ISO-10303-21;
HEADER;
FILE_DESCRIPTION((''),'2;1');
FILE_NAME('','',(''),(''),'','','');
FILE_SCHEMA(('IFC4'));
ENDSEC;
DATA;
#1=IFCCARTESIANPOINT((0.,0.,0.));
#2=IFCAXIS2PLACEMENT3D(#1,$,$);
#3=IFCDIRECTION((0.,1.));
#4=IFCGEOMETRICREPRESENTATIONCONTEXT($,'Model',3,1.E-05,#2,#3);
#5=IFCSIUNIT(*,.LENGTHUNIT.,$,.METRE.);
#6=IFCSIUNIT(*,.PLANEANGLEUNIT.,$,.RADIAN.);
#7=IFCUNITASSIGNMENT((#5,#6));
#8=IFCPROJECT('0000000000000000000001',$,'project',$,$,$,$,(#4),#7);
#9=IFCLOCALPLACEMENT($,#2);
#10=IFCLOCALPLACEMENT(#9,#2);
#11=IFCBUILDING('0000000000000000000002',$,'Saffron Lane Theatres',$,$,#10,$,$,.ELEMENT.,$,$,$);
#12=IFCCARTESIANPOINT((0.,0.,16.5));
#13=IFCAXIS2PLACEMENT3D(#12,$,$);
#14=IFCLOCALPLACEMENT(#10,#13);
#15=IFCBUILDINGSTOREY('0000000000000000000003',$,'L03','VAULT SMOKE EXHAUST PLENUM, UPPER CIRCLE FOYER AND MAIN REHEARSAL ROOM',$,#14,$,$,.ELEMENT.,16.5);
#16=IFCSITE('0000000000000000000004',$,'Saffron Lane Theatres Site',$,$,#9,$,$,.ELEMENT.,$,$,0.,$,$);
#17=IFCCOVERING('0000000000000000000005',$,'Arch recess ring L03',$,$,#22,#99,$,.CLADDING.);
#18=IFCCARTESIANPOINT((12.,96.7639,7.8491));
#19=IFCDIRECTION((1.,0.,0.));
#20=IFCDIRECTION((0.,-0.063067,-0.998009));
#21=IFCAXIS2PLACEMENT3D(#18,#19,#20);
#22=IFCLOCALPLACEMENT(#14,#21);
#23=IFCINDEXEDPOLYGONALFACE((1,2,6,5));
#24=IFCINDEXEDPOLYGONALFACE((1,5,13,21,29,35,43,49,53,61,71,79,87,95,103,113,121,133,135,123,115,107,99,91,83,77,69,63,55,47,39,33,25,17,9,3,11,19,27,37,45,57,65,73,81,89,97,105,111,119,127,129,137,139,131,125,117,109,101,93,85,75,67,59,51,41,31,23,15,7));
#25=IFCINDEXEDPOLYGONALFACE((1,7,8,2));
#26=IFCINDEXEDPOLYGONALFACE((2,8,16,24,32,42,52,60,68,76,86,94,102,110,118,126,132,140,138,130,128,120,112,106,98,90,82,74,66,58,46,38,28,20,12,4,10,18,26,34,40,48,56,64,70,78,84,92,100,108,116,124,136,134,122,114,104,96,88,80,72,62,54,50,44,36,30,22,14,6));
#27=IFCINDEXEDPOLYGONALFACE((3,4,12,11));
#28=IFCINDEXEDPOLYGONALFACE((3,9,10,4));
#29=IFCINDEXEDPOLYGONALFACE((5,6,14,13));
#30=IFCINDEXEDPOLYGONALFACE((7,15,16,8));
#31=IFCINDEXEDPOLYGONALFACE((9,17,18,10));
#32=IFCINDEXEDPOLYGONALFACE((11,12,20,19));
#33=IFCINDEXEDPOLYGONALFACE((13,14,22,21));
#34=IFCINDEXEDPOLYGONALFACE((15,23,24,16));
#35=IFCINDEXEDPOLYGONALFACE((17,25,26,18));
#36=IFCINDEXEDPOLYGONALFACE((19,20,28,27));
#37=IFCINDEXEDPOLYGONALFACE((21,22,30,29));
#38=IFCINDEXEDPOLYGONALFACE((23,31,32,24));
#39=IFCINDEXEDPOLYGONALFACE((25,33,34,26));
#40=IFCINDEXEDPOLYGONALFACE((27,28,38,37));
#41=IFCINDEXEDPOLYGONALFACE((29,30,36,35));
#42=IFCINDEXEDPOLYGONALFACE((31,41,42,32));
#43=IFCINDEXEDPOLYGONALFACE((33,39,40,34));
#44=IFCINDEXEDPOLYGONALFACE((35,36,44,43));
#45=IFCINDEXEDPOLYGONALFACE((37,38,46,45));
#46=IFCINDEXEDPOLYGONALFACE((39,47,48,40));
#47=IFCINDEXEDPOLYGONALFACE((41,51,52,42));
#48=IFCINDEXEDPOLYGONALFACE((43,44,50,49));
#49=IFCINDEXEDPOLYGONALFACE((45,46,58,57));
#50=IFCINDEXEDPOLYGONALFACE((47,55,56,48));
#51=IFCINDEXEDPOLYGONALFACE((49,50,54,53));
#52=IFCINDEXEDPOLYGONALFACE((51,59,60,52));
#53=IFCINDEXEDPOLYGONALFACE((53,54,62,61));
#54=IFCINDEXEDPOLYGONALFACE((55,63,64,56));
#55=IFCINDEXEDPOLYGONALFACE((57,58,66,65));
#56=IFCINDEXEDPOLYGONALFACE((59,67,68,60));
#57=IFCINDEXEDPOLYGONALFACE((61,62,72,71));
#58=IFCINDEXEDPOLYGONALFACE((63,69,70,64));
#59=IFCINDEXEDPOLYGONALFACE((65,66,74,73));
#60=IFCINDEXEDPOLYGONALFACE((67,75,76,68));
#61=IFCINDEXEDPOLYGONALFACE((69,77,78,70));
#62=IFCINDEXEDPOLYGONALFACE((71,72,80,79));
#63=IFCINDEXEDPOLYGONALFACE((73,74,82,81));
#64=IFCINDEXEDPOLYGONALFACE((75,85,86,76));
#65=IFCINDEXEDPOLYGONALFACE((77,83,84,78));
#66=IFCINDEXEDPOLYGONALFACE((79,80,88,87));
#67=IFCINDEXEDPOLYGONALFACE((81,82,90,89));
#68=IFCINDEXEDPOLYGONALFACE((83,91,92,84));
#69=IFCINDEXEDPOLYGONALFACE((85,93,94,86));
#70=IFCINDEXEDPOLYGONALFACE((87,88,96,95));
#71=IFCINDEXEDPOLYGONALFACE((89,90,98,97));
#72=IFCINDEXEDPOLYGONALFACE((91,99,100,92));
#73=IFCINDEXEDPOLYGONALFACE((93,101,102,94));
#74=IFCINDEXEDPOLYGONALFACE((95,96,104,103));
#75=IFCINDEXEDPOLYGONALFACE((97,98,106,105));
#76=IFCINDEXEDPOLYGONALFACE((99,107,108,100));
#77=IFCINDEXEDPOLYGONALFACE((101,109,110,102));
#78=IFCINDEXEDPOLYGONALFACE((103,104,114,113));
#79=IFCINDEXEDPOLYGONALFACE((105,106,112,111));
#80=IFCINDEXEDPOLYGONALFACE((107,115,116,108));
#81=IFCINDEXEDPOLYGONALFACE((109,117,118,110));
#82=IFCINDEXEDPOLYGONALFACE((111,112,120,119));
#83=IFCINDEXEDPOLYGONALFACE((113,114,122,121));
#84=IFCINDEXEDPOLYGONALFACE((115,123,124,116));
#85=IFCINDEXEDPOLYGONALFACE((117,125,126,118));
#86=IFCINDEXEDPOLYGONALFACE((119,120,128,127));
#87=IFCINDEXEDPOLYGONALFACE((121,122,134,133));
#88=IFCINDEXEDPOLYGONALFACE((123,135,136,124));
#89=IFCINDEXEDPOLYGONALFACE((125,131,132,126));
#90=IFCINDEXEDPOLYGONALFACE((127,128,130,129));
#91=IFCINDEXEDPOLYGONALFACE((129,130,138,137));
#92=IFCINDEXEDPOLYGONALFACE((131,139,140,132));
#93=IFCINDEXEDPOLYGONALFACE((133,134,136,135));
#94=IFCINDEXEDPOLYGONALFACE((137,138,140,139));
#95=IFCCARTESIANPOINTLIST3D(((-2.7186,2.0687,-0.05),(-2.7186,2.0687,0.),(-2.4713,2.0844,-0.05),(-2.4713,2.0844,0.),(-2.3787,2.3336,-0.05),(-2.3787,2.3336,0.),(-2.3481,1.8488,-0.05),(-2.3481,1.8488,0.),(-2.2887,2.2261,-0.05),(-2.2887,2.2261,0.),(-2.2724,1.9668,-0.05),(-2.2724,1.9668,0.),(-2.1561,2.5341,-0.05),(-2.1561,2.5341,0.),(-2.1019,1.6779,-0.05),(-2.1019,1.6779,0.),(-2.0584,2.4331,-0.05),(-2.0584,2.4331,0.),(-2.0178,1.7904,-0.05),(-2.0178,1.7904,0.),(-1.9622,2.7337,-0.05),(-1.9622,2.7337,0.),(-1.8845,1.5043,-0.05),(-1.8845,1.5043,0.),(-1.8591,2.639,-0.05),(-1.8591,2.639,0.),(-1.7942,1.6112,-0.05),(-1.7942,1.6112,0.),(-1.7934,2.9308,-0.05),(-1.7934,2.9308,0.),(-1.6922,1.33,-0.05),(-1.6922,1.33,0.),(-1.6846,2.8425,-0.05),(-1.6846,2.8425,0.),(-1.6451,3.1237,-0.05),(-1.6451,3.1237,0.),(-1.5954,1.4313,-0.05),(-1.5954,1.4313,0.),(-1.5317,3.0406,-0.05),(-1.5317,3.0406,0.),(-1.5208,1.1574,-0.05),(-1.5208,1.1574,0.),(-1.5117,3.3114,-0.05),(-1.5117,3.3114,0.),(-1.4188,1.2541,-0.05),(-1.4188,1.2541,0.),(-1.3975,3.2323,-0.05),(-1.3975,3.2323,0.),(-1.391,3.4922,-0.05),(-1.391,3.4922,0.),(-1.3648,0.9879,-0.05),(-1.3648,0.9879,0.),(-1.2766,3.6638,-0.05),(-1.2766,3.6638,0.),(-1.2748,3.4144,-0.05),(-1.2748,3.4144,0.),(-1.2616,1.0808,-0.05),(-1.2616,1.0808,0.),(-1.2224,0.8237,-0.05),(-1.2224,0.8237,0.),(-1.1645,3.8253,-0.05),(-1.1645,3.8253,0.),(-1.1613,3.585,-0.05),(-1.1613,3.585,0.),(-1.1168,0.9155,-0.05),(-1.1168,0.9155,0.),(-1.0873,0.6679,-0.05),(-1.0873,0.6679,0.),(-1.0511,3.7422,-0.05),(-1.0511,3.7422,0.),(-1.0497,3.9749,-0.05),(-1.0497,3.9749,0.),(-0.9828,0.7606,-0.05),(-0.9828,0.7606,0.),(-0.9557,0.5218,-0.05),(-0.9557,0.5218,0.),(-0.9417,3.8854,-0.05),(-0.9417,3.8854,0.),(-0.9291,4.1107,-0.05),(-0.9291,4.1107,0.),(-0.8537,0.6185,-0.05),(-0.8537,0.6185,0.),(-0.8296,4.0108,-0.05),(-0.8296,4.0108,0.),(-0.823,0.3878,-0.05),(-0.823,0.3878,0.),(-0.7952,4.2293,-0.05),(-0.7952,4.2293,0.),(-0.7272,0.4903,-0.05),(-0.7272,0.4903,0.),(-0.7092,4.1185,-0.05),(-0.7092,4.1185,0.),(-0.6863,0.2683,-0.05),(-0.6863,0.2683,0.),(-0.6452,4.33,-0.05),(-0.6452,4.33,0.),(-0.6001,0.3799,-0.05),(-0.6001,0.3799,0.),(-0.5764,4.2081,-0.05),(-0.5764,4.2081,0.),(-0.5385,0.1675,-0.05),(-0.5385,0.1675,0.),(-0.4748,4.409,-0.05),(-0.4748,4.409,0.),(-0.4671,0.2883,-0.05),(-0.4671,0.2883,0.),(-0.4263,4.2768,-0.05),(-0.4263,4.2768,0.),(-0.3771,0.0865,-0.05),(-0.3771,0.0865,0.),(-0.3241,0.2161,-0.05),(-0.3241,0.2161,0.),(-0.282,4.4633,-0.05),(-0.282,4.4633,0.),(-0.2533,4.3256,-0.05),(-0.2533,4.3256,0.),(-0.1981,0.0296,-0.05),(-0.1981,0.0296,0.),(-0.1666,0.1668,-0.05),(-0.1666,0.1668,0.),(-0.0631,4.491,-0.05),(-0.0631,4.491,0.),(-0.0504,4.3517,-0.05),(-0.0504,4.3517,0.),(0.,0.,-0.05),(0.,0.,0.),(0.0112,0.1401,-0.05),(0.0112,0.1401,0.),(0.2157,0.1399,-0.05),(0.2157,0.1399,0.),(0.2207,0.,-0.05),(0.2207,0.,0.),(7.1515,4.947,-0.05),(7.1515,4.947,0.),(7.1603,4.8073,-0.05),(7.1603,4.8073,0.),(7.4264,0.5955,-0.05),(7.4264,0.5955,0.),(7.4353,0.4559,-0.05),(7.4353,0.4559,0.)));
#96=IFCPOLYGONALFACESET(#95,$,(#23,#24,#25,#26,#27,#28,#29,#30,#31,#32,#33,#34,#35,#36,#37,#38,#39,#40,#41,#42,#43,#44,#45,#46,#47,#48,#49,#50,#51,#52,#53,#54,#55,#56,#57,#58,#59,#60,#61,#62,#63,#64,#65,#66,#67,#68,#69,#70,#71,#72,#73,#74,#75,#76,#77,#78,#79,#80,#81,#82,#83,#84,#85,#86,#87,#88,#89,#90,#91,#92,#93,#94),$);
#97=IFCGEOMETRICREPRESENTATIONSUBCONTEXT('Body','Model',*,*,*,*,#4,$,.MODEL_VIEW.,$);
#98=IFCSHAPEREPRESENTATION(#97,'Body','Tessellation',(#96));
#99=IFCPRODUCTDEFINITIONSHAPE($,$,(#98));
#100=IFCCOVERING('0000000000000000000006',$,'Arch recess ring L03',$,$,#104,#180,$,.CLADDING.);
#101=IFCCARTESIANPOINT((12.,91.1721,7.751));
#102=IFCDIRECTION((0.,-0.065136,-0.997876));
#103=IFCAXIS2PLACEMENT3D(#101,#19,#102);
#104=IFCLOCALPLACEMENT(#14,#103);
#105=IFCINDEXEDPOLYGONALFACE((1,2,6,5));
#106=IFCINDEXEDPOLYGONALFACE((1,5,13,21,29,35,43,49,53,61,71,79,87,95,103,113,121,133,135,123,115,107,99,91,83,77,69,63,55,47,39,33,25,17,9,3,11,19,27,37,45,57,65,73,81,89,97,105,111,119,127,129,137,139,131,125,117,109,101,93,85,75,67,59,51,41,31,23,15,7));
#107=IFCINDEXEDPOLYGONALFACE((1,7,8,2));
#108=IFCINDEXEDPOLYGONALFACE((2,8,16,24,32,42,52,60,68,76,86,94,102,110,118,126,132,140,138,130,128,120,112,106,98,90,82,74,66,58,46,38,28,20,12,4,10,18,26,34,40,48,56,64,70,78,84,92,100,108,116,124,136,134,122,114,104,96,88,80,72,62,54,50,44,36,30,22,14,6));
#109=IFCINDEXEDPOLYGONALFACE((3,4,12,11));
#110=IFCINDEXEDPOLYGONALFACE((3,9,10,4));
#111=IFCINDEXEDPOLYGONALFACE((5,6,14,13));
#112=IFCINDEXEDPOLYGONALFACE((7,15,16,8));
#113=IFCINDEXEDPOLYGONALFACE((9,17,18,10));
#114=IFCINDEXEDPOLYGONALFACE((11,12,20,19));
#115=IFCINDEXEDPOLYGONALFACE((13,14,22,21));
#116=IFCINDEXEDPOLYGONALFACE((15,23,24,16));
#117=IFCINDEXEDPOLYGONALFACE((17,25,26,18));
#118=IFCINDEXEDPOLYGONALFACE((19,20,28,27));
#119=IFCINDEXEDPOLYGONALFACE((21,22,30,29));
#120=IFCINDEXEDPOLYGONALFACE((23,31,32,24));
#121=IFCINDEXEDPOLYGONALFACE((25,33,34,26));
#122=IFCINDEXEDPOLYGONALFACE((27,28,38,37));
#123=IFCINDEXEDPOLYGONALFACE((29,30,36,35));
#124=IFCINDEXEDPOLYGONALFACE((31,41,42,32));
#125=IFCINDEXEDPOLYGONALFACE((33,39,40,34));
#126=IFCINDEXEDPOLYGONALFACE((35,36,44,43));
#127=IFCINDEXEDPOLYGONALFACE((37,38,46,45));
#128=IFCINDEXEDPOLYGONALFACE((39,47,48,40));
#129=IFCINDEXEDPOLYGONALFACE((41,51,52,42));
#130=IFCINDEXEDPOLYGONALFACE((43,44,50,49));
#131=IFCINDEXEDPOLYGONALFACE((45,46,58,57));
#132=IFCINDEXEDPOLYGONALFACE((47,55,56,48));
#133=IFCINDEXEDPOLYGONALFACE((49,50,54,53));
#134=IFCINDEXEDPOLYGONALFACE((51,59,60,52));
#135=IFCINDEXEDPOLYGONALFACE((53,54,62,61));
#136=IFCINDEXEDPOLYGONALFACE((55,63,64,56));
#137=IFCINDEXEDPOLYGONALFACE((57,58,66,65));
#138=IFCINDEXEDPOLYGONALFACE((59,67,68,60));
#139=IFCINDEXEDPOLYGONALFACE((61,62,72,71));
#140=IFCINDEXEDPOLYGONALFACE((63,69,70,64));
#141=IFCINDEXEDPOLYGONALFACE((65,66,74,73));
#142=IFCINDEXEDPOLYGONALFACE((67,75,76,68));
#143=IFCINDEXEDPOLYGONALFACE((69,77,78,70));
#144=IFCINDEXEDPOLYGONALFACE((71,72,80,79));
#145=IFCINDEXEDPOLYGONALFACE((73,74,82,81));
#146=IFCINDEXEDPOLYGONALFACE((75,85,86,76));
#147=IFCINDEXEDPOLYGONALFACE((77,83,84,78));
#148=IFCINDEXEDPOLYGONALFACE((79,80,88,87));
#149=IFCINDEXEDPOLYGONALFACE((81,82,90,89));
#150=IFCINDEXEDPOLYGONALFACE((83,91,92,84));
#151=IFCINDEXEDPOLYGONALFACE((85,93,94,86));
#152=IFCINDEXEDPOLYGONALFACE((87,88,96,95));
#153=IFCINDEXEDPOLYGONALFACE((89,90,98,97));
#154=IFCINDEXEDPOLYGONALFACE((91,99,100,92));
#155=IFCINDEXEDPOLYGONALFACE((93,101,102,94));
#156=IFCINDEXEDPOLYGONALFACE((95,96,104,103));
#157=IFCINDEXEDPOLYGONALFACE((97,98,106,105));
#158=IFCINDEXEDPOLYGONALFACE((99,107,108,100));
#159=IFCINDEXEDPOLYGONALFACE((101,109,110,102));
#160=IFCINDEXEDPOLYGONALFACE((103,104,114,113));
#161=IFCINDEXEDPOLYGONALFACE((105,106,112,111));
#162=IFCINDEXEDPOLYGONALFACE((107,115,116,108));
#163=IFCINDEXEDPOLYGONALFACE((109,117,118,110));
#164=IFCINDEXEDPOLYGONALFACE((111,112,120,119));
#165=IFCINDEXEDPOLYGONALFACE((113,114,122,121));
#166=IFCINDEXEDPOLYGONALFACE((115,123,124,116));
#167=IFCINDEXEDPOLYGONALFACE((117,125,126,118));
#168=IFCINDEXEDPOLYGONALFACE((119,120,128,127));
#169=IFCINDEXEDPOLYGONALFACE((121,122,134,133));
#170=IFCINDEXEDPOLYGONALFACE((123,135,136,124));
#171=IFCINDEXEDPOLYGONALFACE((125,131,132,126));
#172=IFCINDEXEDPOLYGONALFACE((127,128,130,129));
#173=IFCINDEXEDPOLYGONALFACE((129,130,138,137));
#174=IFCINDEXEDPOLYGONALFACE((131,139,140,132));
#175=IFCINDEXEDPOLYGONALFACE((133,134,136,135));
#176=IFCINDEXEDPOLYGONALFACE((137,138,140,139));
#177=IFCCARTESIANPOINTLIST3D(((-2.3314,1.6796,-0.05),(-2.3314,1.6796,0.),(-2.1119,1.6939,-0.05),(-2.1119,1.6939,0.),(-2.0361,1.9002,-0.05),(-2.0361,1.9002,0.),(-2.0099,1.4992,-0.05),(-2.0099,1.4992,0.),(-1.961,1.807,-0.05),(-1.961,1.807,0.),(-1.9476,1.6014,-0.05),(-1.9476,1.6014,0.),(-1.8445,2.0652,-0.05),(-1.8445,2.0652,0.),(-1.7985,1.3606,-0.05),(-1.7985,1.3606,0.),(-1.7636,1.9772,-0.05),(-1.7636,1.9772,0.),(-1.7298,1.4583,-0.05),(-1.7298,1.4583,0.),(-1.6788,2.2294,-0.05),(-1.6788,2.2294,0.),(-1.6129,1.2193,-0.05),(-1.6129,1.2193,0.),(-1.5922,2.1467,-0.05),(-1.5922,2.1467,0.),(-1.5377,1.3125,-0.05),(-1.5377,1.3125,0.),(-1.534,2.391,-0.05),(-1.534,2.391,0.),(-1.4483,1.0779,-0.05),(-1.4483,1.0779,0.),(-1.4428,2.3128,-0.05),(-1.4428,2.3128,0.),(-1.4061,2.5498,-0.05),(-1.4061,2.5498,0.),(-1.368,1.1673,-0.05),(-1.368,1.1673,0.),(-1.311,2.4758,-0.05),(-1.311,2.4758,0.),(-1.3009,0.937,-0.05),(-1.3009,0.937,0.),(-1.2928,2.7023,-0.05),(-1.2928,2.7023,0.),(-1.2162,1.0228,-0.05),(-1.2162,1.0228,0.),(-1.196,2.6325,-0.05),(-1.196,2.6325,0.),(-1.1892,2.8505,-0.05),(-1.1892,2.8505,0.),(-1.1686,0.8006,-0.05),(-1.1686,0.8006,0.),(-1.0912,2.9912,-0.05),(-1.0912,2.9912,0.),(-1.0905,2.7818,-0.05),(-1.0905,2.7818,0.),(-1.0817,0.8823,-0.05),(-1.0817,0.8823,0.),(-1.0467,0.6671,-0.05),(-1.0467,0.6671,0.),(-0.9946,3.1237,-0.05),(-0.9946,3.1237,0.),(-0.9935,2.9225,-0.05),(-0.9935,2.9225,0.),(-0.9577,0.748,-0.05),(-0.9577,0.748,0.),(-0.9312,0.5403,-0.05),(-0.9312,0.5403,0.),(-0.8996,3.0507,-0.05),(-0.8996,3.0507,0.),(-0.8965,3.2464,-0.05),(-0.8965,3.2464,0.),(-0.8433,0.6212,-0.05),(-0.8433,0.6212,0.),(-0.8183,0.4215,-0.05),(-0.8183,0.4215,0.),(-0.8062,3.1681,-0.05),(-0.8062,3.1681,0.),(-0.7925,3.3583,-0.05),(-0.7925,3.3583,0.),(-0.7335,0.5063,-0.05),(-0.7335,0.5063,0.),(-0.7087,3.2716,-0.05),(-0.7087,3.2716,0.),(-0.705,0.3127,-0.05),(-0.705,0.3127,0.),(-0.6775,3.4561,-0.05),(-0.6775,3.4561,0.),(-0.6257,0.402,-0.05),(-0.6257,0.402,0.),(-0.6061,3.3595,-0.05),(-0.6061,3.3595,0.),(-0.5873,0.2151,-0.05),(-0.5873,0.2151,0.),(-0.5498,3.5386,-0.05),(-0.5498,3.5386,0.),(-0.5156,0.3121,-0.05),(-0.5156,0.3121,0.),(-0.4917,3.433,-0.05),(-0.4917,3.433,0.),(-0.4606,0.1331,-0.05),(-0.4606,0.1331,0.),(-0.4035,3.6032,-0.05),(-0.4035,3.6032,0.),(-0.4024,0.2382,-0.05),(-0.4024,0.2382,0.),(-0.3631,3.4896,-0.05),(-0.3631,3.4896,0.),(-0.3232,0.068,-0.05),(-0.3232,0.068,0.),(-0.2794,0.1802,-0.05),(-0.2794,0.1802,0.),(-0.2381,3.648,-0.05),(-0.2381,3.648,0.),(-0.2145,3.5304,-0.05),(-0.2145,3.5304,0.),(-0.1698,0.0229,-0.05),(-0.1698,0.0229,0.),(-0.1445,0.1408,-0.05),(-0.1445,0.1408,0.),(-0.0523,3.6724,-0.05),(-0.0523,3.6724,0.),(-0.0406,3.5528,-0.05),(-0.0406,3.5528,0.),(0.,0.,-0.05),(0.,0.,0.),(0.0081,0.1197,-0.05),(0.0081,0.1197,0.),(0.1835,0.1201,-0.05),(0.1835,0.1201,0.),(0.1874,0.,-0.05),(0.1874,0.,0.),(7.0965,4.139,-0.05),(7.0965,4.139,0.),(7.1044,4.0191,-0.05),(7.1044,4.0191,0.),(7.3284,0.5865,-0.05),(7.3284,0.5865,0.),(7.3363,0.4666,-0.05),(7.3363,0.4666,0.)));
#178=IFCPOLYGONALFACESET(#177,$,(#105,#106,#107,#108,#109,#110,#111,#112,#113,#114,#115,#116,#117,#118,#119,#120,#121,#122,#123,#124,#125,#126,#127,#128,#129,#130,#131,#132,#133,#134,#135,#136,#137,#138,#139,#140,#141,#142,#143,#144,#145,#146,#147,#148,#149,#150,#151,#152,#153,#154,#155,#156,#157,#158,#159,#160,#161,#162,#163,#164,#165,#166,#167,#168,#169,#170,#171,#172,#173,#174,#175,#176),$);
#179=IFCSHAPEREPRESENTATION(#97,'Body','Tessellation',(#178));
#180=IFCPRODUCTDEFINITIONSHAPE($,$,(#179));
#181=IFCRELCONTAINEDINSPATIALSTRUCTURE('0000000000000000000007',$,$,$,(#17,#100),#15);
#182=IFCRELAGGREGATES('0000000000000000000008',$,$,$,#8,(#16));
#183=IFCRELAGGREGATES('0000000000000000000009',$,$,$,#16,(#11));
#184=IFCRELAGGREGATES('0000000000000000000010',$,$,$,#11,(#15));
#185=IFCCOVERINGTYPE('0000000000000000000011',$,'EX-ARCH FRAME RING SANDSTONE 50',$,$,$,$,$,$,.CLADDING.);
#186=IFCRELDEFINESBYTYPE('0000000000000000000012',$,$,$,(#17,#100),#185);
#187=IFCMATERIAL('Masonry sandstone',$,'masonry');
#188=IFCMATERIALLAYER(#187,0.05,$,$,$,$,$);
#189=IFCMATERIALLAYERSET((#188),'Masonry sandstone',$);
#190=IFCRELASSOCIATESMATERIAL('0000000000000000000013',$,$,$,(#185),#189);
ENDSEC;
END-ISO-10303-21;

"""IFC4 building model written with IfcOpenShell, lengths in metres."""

from ifc_helpers import new_model, si_unit, direction, frame, origin, place, context, subcontext, project, spatial, polyline, outline, extrude, material, layer, layer_set, type_object, element, save


model = new_model("IFC4")

# Units and contexts
model_context = context("Model", 3, precision=1e-05, world=origin(), true_north=direction((0.0, 1.0)))
body_context = subcontext(model_context, "Body", "Model", "MODEL_VIEW")
ifc_project = project(units=[si_unit("LENGTHUNIT", "METRE"), si_unit("PLANEANGLEUNIT", "RADIAN")], contexts=[model_context])

# Site, building, storey
site_placement = place(None, origin())
site = spatial("IfcSite", under=ifc_project, at=site_placement, Name="Saffron Lane Theatres Site", CompositionType="ELEMENT", RefElevation=0.0)
building_placement = place(site_placement, origin())
building = spatial("IfcBuilding", under=site, at=building_placement, Name="Saffron Lane Theatres", CompositionType="ELEMENT")
storey_placement = place(building_placement, frame((0.0, 0.0, 16.5)))
storey = spatial("IfcBuildingStorey", under=building, at=storey_placement, Name="L03", Description="VAULT SMOKE EXHAUST PLENUM, UPPER CIRCLE FOYER AND MAIN REHEARSAL ROOM", CompositionType="ELEMENT", Elevation=16.5)

# Coverings
ifc_material_1 = material(Name="Masonry sandstone", Category="masonry")
ifc_layer_1 = layer(ifc_material_1, 0.05)
ifc_layer_set_1 = layer_set([ifc_layer_1], Name="Masonry sandstone")
covering_type_1 = type_object("IfcCoveringType", Name="EX-ARCH FRAME RING SANDSTONE 50", PredefinedType="CLADDING", material=ifc_layer_set_1)
covering_1_placement = place(storey_placement, frame((12.0, 96.7639, 7.8491), z_axis=(1.0, 0.0, 0.0), x_axis=(0.0, -0.063067, -0.998009)))
element("IfcCovering", 1, at=covering_1_placement, inside=storey, type_object=covering_type_1, Name="Arch recess ring L03", PredefinedType="CLADDING", context=body_context, shape_type="SweptSolid", body=[
    extrude(outline(polyline([(0.0, 0.0), (0.2207, 0.0), (7.4353, 0.4559), (7.4264, 0.5955), (0.2157, 0.1399), (0.0112, 0.1401), (-0.1666, 0.1668), (-0.3241, 0.2161), (-0.4671, 0.2883), (-0.6001, 0.3799), (-0.7272, 0.4903), (-0.8537, 0.6185), (-0.9828, 0.7606), (-1.1168, 0.9155), (-1.2616, 1.0808), (-1.4188, 1.2541), (-1.5954, 1.4313), (-1.7942, 1.6112), (-2.0178, 1.7904), (-2.2724, 1.9668), (-2.4713, 2.0844), (-2.2887, 2.2261), (-2.0584, 2.4331), (-1.8591, 2.639), (-1.6846, 2.8425), (-1.5317, 3.0406), (-1.3975, 3.2323), (-1.2748, 3.4144), (-1.1613, 3.585), (-1.0511, 3.7422), (-0.9417, 3.8854), (-0.8296, 4.0108), (-0.7092, 4.1185), (-0.5764, 4.2081), (-0.4263, 4.2768), (-0.2533, 4.3256), (-0.0504, 4.3517), (7.1603, 4.8073), (7.1515, 4.947), (-0.0631, 4.491), (-0.282, 4.4633), (-0.4748, 4.409), (-0.6452, 4.33), (-0.7952, 4.2293), (-0.9291, 4.1107), (-1.0497, 3.9749), (-1.1645, 3.8253), (-1.2766, 3.6638), (-1.391, 3.4922), (-1.5117, 3.3114), (-1.6451, 3.1237), (-1.7934, 2.9308), (-1.9622, 2.7337), (-2.1561, 2.5341), (-2.3787, 2.3336), (-2.7186, 2.0687), (-2.3481, 1.8488), (-2.1019, 1.6779), (-1.8845, 1.5043), (-1.6922, 1.33), (-1.5208, 1.1574), (-1.3648, 0.9879), (-1.2224, 0.8237), (-1.0873, 0.6679), (-0.9557, 0.5218), (-0.823, 0.3878), (-0.6863, 0.2683), (-0.5385, 0.1675), (-0.3771, 0.0865), (-0.1981, 0.0296), (0.0, 0.0)])), origin(), (0.0, 0.0, -1.0), 0.05),
])
covering_2_placement = place(storey_placement, frame((12.0, 91.1721, 7.751), z_axis=(1.0, 0.0, 0.0), x_axis=(0.0, -0.065136, -0.997876)))
element("IfcCovering", 2, at=covering_2_placement, inside=storey, type_object=covering_type_1, Name="Arch recess ring L03", PredefinedType="CLADDING", context=body_context, shape_type="SweptSolid", body=[
    extrude(outline(polyline([(0.0, 0.0), (0.1874, 0.0), (7.3363, 0.4666), (7.3284, 0.5865), (0.1835, 0.1201), (0.0081, 0.1197), (-0.1445, 0.1408), (-0.2794, 0.1802), (-0.4024, 0.2382), (-0.5156, 0.3121), (-0.6257, 0.402), (-0.7335, 0.5063), (-0.8433, 0.6212), (-0.9577, 0.748), (-1.0817, 0.8823), (-1.2162, 1.0228), (-1.368, 1.1673), (-1.5377, 1.3125), (-1.7298, 1.4583), (-1.9476, 1.6014), (-2.1119, 1.6939), (-1.961, 1.807), (-1.7636, 1.9772), (-1.5922, 2.1467), (-1.4428, 2.3128), (-1.311, 2.4758), (-1.196, 2.6325), (-1.0905, 2.7818), (-0.9935, 2.9225), (-0.8996, 3.0507), (-0.8062, 3.1681), (-0.7087, 3.2716), (-0.6061, 3.3595), (-0.4917, 3.433), (-0.3631, 3.4896), (-0.2145, 3.5304), (-0.0406, 3.5528), (7.1044, 4.0191), (7.0965, 4.139), (-0.0523, 3.6724), (-0.2381, 3.648), (-0.4035, 3.6032), (-0.5498, 3.5386), (-0.6775, 3.4561), (-0.7925, 3.3583), (-0.8965, 3.2464), (-0.9946, 3.1237), (-1.0912, 2.9912), (-1.1892, 2.8505), (-1.2928, 2.7023), (-1.4061, 2.5498), (-1.534, 2.391), (-1.6788, 2.2294), (-1.8445, 2.0652), (-2.0361, 1.9002), (-2.3314, 1.6796), (-2.0099, 1.4992), (-1.7985, 1.3606), (-1.6129, 1.2193), (-1.4483, 1.0779), (-1.3009, 0.937), (-1.1686, 0.8006), (-1.0467, 0.6671), (-0.9312, 0.5403), (-0.8183, 0.4215), (-0.705, 0.3127), (-0.5873, 0.2151), (-0.4606, 0.1331), (-0.3232, 0.068), (-0.1698, 0.0229), (0.0, 0.0)])), origin(), (0.0, 0.0, -1.0), 0.05),
])

save(model, "model.ifc")
